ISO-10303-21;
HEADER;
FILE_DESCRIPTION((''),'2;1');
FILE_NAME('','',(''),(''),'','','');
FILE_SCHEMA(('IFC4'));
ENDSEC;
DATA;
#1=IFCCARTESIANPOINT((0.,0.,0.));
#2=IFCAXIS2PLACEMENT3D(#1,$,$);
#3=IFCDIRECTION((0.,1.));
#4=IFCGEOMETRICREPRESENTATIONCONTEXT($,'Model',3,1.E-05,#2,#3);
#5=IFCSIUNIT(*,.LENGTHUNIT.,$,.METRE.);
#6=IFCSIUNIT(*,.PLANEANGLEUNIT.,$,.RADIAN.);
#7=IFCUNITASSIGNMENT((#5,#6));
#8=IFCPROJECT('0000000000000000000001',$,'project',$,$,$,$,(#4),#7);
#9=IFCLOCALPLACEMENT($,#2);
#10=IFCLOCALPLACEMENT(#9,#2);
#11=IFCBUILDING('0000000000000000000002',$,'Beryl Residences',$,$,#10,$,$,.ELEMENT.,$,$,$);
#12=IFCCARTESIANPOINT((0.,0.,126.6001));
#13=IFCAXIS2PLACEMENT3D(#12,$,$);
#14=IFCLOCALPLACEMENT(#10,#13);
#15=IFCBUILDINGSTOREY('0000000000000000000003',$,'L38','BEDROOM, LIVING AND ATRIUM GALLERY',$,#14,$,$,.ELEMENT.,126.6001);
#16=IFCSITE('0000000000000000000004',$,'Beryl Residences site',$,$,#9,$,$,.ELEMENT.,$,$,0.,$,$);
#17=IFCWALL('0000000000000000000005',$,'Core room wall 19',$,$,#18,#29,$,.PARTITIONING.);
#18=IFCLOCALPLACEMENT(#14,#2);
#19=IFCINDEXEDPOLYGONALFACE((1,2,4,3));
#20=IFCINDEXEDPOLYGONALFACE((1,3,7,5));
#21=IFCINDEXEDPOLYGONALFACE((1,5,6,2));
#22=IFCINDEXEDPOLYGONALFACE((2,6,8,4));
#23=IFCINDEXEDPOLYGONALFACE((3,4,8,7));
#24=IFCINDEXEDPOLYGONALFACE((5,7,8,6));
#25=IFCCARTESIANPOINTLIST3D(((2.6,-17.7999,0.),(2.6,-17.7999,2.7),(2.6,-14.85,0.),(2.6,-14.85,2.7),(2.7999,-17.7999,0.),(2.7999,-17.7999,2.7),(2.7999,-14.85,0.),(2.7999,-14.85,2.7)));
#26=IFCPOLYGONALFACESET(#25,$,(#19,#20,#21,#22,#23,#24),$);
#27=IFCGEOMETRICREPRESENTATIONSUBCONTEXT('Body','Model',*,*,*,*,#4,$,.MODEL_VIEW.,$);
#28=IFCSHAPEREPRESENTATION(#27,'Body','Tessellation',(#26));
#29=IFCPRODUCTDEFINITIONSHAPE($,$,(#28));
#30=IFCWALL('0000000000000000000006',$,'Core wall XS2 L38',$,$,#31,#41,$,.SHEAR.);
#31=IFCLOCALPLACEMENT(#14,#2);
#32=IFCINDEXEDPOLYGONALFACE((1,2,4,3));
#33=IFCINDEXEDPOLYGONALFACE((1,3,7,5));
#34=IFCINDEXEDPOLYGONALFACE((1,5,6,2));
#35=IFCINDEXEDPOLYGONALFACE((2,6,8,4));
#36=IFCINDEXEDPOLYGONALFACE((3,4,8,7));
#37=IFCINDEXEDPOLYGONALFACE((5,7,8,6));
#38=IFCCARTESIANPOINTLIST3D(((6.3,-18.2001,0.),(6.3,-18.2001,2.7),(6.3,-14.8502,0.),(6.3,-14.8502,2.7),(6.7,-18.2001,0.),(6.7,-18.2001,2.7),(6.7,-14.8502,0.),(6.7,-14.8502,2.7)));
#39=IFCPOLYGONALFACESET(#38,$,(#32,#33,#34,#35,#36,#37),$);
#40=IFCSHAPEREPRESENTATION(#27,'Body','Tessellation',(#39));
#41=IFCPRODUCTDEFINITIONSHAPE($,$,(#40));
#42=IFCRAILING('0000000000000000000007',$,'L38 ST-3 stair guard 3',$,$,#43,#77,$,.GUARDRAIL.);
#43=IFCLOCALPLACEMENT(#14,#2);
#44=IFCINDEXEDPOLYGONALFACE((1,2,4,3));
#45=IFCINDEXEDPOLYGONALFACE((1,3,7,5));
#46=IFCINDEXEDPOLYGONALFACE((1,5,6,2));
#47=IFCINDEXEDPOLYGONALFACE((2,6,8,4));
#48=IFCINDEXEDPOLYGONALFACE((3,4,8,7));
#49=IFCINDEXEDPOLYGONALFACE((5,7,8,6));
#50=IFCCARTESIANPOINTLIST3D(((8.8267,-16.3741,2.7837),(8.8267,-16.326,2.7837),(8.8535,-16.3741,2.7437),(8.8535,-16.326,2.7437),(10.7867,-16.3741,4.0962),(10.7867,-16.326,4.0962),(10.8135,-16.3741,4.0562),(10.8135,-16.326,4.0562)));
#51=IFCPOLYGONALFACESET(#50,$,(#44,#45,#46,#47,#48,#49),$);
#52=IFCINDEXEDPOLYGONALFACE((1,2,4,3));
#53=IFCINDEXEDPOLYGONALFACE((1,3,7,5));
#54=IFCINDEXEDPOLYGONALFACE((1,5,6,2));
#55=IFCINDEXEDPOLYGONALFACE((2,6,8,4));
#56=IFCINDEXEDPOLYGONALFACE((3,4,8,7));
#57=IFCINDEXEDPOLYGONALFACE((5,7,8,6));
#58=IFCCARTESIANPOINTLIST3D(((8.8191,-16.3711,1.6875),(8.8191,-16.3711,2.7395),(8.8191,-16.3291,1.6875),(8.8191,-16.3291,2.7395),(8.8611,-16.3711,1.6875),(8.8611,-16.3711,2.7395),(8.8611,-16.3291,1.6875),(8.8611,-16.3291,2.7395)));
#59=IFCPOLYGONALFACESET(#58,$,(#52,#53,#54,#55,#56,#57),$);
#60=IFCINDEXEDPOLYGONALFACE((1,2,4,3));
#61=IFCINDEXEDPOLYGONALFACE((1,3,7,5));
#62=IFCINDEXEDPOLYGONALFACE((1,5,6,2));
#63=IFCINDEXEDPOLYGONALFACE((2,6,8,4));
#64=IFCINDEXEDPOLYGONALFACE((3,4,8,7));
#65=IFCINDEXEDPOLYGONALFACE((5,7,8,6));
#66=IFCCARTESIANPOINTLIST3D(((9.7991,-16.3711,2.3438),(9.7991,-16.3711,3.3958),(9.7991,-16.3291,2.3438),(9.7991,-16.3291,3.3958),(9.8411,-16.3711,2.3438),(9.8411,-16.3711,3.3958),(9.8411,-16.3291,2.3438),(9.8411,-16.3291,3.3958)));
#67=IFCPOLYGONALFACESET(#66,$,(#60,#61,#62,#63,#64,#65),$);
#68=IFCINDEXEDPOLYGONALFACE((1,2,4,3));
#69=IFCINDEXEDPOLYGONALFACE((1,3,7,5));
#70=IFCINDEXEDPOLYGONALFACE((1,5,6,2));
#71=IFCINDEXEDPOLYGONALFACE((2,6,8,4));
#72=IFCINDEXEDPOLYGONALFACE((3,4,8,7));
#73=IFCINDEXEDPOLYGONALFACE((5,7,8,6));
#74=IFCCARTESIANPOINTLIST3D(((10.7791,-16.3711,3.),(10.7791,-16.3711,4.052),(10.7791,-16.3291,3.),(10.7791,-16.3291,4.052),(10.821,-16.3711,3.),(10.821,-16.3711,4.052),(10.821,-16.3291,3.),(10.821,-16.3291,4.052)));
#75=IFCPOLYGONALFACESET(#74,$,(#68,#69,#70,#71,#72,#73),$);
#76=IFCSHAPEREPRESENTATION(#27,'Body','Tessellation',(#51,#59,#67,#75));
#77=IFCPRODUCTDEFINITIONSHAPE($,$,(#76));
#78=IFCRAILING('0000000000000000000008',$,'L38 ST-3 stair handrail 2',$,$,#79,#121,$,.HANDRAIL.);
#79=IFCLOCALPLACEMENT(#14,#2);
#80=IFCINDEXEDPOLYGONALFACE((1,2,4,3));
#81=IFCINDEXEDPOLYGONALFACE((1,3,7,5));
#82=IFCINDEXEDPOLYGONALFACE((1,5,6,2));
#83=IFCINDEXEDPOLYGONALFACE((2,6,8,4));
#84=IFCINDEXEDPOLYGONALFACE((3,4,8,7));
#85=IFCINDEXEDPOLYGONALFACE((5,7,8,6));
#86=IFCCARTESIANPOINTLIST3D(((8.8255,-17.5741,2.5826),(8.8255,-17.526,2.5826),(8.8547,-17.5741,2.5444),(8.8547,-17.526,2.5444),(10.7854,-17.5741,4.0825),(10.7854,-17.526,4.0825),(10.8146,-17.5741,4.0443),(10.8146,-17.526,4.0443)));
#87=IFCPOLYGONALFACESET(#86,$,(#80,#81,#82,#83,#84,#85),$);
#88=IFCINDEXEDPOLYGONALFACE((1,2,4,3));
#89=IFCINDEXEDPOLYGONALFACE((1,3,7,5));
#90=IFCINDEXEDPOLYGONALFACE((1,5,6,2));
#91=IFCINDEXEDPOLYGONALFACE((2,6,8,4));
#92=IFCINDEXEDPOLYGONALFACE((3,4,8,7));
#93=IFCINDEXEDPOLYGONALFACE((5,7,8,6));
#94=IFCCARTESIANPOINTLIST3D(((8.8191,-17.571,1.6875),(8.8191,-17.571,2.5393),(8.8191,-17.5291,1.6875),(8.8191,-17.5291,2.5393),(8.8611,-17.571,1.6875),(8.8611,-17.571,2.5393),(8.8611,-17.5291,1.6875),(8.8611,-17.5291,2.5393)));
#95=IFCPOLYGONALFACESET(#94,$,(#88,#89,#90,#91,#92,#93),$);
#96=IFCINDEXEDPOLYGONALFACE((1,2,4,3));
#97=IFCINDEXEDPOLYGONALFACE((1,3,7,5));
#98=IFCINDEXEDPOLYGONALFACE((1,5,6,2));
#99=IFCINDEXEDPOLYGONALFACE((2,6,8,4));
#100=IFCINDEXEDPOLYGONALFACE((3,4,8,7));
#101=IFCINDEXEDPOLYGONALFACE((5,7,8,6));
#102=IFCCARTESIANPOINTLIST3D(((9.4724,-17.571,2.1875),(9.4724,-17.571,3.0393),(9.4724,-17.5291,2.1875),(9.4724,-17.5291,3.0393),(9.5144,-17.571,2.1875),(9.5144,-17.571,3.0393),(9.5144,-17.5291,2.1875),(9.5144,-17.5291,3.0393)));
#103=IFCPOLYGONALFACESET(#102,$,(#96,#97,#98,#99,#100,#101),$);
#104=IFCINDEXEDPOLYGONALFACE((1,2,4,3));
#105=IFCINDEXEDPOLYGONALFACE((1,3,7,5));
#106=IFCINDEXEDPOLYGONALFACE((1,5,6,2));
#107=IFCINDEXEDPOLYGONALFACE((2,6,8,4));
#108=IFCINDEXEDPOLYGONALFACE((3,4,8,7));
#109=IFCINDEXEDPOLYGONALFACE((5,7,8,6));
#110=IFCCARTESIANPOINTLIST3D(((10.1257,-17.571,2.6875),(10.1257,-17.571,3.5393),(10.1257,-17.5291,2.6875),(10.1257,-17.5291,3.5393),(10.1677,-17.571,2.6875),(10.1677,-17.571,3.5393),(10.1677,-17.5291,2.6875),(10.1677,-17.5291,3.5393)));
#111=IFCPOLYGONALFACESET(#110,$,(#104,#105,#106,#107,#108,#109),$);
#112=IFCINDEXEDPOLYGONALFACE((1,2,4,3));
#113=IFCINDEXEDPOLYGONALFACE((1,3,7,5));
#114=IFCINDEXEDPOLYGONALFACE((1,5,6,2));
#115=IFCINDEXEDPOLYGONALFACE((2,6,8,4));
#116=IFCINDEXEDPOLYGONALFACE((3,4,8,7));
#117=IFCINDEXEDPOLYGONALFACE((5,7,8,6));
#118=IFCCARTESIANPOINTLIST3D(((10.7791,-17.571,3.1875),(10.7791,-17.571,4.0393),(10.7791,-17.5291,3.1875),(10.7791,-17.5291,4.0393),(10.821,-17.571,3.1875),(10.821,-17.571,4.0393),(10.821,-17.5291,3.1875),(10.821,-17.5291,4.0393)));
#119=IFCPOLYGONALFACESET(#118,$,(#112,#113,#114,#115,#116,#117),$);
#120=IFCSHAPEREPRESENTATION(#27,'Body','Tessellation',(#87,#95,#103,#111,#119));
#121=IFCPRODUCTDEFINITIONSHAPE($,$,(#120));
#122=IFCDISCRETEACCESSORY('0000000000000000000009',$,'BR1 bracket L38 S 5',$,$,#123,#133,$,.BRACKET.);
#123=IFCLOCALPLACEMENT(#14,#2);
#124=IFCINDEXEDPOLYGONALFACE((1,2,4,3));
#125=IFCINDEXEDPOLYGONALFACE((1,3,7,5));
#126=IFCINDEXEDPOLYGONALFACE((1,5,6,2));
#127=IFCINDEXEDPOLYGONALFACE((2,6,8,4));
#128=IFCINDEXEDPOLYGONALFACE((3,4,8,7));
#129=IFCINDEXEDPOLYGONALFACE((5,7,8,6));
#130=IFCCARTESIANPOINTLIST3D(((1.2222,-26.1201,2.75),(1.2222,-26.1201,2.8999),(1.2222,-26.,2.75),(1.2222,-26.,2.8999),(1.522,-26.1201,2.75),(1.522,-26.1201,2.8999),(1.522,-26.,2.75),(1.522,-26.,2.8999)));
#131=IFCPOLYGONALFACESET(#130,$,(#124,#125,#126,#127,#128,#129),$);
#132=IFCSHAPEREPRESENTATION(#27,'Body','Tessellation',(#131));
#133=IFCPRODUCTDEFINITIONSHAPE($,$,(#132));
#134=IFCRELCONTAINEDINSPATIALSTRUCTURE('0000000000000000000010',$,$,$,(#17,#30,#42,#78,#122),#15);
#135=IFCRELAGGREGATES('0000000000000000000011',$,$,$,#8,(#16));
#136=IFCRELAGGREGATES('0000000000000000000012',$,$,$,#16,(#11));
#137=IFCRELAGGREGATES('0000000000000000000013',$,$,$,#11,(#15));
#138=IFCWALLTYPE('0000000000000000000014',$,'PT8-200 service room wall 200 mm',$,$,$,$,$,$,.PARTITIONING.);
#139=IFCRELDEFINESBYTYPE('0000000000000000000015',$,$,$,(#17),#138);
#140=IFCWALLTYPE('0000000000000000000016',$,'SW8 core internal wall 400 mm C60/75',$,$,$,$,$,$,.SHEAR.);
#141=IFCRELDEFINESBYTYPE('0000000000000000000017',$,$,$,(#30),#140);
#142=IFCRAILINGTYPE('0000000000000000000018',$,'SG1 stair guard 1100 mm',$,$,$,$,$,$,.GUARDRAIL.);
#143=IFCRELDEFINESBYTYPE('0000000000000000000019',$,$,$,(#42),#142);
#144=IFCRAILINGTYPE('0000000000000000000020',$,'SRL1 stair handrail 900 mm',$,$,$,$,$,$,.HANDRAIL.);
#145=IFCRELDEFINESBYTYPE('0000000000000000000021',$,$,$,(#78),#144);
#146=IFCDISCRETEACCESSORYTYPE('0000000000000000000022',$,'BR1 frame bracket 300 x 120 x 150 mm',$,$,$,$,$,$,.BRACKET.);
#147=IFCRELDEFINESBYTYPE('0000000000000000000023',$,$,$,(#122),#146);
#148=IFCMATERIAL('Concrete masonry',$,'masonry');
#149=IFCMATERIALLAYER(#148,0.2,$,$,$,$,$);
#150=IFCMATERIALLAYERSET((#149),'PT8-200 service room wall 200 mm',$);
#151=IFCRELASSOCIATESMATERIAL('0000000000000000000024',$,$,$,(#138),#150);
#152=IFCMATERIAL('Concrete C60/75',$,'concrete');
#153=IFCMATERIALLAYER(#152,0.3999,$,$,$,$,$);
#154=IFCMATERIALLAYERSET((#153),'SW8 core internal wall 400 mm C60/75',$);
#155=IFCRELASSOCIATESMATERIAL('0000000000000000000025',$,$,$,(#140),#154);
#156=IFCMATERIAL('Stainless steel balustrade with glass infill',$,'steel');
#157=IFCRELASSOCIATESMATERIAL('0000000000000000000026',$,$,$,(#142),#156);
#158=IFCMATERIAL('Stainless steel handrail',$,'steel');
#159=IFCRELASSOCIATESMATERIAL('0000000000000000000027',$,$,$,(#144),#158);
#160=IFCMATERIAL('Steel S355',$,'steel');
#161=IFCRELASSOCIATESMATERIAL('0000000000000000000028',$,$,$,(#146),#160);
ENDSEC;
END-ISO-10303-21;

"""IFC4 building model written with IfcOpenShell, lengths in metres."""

from ifc_helpers import new_model, si_unit, direction, frame, frame_2d, origin, origin_2d, place, context, subcontext, project, spatial, polyline, rectangle, outline, extrude, source, transform, mapped, material, layer, layer_set, type_object, type_shapes, element, save


model = new_model("IFC4")

# Units and contexts
model_context = context("Model", 3, precision=1e-05, world=origin(), true_north=direction((0.0, 1.0)))
body_context = subcontext(model_context, "Body", "Model", "MODEL_VIEW")
ifc_project = project(units=[si_unit("LENGTHUNIT", "METRE"), si_unit("PLANEANGLEUNIT", "RADIAN")], contexts=[model_context])

# Site, building, storey
site_placement = place(None, origin())
site = spatial("IfcSite", under=ifc_project, at=site_placement, Name="Beryl Residences site", CompositionType="ELEMENT", RefElevation=0.0)
building_placement = place(site_placement, origin())
building = spatial("IfcBuilding", under=site, at=building_placement, Name="Beryl Residences", CompositionType="ELEMENT")
storey_placement = place(building_placement, frame((0.0, 0.0, 126.6001)))
storey = spatial("IfcBuildingStorey", under=building, at=storey_placement, Name="L38", Description="BEDROOM, LIVING AND ATRIUM GALLERY", CompositionType="ELEMENT", Elevation=126.6001)

# Walls
ifc_material_1 = material(Name="Concrete masonry", Category="masonry")
ifc_layer_1 = layer(ifc_material_1, 0.2)
ifc_layer_set_1 = layer_set([ifc_layer_1], Name="PT8-200 service room wall 200 mm")
wall_type_1 = type_object("IfcWallType", Name="PT8-200 service room wall 200 mm", PredefinedType="PARTITIONING", material=ifc_layer_set_1)
for number, where, z_axis, x_axis, name in (
    (1, (2.7, -17.8, 0.0), (0.0, 0.0, 1.0), (0.0, 1.0, 0.0), "Core room wall 19"),
):
    element("IfcWall", number, at=place(storey_placement, frame(where, z_axis=z_axis, x_axis=x_axis)), inside=storey, type_object=wall_type_1, Name=name, PredefinedType="PARTITIONING", context=body_context, shape_type="SweptSolid", body=[
        extrude(rectangle(XDim=2.95, YDim=0.2, at=frame_2d((1.4751, 0.0))), origin(), (0.0, 0.0, 1.0), 2.7),
    ])
ifc_material_2 = material(Name="Concrete C60/75", Category="concrete")
ifc_layer_2 = layer(ifc_material_2, 0.3999)
ifc_layer_set_2 = layer_set([ifc_layer_2], Name="SW8 core internal wall 400 mm C60/75")
wall_type_2 = type_object("IfcWallType", Name="SW8 core internal wall 400 mm C60/75", PredefinedType="SHEAR", material=ifc_layer_set_2)
wall_1_placement = place(storey_placement, frame((6.5, -18.2, 0.0), z_axis=(0.0, 0.0, 1.0), x_axis=(0.0, 1.0, 0.0)))
element("IfcWall", 2, at=wall_1_placement, inside=storey, type_object=wall_type_2, Name="Core wall XS2 L38", PredefinedType="SHEAR", context=body_context, shape_type="SweptSolid", body=[
    extrude(rectangle(XDim=3.3499, YDim=0.3999, at=frame_2d((1.6748, 0.0))), origin(), (0.0, 0.0, 1.0), 2.7),
])

# Railings
ifc_material_3 = material(Name="Stainless steel balustrade with glass infill", Category="steel")
railing_type_1 = type_object("IfcRailingType", Name="SG1 stair guard 1100 mm", PredefinedType="GUARDRAIL", material=ifc_material_3)
railing_1_placement = place(storey_placement, frame((8.8401, -16.3501, 1.6875)))
element("IfcRailing", 3, at=railing_1_placement, inside=storey, type_object=railing_type_1, Name="L38 ST-3 stair guard 3", PredefinedType="GUARDRAIL", context=body_context, shape_type="SweptSolid", body=[
    extrude(rectangle(XDim=0.0481, YDim=0.0481, at=origin_2d()), frame((0.0, 0.0, 1.0762), z_axis=(0.830902, 0.0, 0.556419), x_axis=(0.0, 1.0, 0.0)), (0.0, 0.0, 1.0), 2.3589),
    extrude(rectangle(XDim=0.042, YDim=0.042, at=origin_2d()), origin(), (0.0, 0.0, 1.0), 1.052),
    extrude(rectangle(XDim=0.042, YDim=0.042, at=origin_2d()), frame((0.98, 0.0, 0.6562)), (0.0, 0.0, 1.0), 1.052),
    extrude(rectangle(XDim=0.042, YDim=0.042, at=origin_2d()), frame((1.96, 0.0, 1.3125)), (0.0, 0.0, 1.0), 1.052),
])
ifc_material_4 = material(Name="Stainless steel handrail", Category="steel")
railing_type_2 = type_object("IfcRailingType", Name="SRL1 stair handrail 900 mm", PredefinedType="HANDRAIL", material=ifc_material_4)
railing_2_placement = place(storey_placement, frame((8.8401, -17.55, 1.6875)))
element("IfcRailing", 4, at=railing_2_placement, inside=storey, type_object=railing_type_2, Name="L38 ST-3 stair handrail 2", PredefinedType="HANDRAIL", context=body_context, shape_type="SweptSolid", body=[
    extrude(rectangle(XDim=0.0481, YDim=0.0481, at=origin_2d()), frame((0.0, 0.0, 0.876), z_axis=(0.794122, 0.0, 0.607758), x_axis=(0.0, 1.0, 0.0)), (0.0, 0.0, 1.0), 2.468),
    extrude(rectangle(XDim=0.042, YDim=0.042, at=origin_2d()), origin(), (0.0, 0.0, 1.0), 0.8518),
    extrude(rectangle(XDim=0.042, YDim=0.042, at=origin_2d()), frame((0.6533, 0.0, 0.5)), (0.0, 0.0, 1.0), 0.8518),
    extrude(rectangle(XDim=0.042, YDim=0.042, at=origin_2d()), frame((1.3066, 0.0, 1.0)), (0.0, 0.0, 1.0), 0.8518),
    extrude(rectangle(XDim=0.042, YDim=0.042, at=origin_2d()), frame((1.96, 0.0, 1.5)), (0.0, 0.0, 1.0), 0.8518),
])

# Discrete accessory
ifc_material_5 = material(Name="Steel S355", Category="steel")
discrete_accessory_type = type_object("IfcDiscreteAccessoryType", Name="BR1 frame bracket 300 x 120 x 150 mm", PredefinedType="BRACKET", material=ifc_material_5)
shared_shape_1 = source(origin(), body_context, "Body", "SweptSolid", [
    extrude(outline(polyline([(-0.1499, 0.0), (0.1499, 0.0), (0.1499, 0.1201), (-0.1499, 0.1201), (-0.1499, 0.0)])), origin(), (0.0, 0.0, 1.0), 0.1499),
])
type_shapes(discrete_accessory_type, [shared_shape_1])
discrete_accessory_placement = place(storey_placement, frame((1.3721, -26.0, 2.75), z_axis=(0.0, 0.0, 1.0), x_axis=(-1.0, 0.0, 0.0)))
element("IfcDiscreteAccessory", 5, at=discrete_accessory_placement, inside=storey, type_object=discrete_accessory_type, Name="BR1 bracket L38 S 5", PredefinedType="BRACKET", context=body_context, shape_type="MappedRepresentation", body=[
    mapped(shared_shape_1, transform((0.0, 0.0, 0.0))),
])

save(model, "model.ifc")
